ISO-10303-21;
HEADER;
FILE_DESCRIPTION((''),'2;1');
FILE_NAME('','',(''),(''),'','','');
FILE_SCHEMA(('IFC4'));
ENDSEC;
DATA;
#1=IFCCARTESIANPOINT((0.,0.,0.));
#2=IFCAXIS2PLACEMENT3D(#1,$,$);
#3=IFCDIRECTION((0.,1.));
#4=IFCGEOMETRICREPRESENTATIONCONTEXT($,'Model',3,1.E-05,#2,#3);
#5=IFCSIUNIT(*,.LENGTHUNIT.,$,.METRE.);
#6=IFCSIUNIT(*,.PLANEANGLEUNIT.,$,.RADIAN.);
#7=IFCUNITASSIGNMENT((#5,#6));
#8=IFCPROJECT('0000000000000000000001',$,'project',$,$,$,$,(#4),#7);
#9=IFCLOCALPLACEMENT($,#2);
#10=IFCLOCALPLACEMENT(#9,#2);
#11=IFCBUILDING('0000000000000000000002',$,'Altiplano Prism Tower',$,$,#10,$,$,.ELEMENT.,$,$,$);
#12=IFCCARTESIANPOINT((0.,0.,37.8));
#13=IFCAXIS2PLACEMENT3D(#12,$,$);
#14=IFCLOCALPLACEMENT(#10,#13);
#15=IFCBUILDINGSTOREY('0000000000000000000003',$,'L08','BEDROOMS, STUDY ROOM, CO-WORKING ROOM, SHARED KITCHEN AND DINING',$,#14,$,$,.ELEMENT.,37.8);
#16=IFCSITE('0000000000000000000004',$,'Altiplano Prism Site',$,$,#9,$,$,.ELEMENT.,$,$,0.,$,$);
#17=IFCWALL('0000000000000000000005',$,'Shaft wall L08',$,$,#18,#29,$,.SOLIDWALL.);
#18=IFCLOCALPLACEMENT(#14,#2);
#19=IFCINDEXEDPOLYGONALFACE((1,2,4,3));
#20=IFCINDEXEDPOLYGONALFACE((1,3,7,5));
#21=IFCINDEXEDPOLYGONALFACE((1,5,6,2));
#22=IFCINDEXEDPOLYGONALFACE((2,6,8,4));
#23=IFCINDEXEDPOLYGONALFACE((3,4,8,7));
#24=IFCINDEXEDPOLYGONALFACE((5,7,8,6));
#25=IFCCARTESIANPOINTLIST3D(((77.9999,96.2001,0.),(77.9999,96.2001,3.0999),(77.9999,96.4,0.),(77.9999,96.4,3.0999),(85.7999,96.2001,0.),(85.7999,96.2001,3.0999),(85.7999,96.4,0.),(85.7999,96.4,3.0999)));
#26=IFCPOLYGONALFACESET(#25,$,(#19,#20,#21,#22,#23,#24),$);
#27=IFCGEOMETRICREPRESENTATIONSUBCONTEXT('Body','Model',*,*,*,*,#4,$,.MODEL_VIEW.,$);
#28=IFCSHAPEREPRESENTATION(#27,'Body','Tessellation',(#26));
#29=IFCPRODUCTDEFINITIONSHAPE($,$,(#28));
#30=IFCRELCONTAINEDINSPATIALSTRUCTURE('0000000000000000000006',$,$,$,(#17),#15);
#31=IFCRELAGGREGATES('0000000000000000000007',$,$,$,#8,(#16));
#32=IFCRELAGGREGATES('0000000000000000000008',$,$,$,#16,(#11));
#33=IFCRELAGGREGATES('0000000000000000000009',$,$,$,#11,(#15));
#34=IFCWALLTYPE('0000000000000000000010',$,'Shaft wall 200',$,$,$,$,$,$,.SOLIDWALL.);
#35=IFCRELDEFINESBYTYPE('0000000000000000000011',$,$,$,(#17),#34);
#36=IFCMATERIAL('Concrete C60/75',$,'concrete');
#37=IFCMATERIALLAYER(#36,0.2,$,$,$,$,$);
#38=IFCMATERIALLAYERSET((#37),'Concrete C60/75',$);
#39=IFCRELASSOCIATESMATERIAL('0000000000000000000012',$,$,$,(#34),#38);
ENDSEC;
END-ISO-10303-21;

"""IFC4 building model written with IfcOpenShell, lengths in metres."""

from ifc_helpers import new_model, si_unit, direction, frame, frame_2d, origin, place, context, subcontext, project, spatial, rectangle, extrude, material, layer, layer_set, type_object, element, save


model = new_model("IFC4")

# Units and contexts
model_context = context("Model", 3, precision=1e-05, world=origin(), true_north=direction((0.0, 1.0)))
body_context = subcontext(model_context, "Body", "Model", "MODEL_VIEW")
ifc_project = project(units=[si_unit("LENGTHUNIT", "METRE"), si_unit("PLANEANGLEUNIT", "RADIAN")], contexts=[model_context])

# Site, building, storey
site_placement = place(None, origin())
site = spatial("IfcSite", under=ifc_project, at=site_placement, Name="Altiplano Prism Site", CompositionType="ELEMENT", RefElevation=0.0)
building_placement = place(site_placement, origin())
building = spatial("IfcBuilding", under=site, at=building_placement, Name="Altiplano Prism Tower", CompositionType="ELEMENT")
storey_placement = place(building_placement, frame((0.0, 0.0, 37.8)))
storey = spatial("IfcBuildingStorey", under=building, at=storey_placement, Name="L08", Description="BEDROOMS, STUDY ROOM, CO-WORKING ROOM, SHARED KITCHEN AND DINING", CompositionType="ELEMENT", Elevation=37.8)

# Shared definitions
ifc_material_1 = material(Name="Concrete C60/75", Category="concrete")

# Wall
ifc_layer_1 = layer(ifc_material_1, 0.2)
ifc_layer_set_1 = layer_set([ifc_layer_1], Name="Concrete C60/75")
wall_type_1 = type_object("IfcWallType", Name="Shaft wall 200", PredefinedType="SOLIDWALL", material=ifc_layer_set_1)
wall_1_placement = place(storey_placement, frame((78.0, 96.3, 0.0), z_axis=(0.0, 0.0, 1.0), x_axis=(1.0, 0.0, 0.0)))
element("IfcWall", 1, at=wall_1_placement, inside=storey, type_object=wall_type_1, Name="Shaft wall L08", PredefinedType="SOLIDWALL", context=body_context, shape_type="SweptSolid", body=[
    extrude(rectangle(XDim=7.8, YDim=0.2, at=frame_2d((3.8999, 0.0))), origin(), (0.0, 0.0, 1.0), 3.0999),
])

save(model, "model.ifc")
